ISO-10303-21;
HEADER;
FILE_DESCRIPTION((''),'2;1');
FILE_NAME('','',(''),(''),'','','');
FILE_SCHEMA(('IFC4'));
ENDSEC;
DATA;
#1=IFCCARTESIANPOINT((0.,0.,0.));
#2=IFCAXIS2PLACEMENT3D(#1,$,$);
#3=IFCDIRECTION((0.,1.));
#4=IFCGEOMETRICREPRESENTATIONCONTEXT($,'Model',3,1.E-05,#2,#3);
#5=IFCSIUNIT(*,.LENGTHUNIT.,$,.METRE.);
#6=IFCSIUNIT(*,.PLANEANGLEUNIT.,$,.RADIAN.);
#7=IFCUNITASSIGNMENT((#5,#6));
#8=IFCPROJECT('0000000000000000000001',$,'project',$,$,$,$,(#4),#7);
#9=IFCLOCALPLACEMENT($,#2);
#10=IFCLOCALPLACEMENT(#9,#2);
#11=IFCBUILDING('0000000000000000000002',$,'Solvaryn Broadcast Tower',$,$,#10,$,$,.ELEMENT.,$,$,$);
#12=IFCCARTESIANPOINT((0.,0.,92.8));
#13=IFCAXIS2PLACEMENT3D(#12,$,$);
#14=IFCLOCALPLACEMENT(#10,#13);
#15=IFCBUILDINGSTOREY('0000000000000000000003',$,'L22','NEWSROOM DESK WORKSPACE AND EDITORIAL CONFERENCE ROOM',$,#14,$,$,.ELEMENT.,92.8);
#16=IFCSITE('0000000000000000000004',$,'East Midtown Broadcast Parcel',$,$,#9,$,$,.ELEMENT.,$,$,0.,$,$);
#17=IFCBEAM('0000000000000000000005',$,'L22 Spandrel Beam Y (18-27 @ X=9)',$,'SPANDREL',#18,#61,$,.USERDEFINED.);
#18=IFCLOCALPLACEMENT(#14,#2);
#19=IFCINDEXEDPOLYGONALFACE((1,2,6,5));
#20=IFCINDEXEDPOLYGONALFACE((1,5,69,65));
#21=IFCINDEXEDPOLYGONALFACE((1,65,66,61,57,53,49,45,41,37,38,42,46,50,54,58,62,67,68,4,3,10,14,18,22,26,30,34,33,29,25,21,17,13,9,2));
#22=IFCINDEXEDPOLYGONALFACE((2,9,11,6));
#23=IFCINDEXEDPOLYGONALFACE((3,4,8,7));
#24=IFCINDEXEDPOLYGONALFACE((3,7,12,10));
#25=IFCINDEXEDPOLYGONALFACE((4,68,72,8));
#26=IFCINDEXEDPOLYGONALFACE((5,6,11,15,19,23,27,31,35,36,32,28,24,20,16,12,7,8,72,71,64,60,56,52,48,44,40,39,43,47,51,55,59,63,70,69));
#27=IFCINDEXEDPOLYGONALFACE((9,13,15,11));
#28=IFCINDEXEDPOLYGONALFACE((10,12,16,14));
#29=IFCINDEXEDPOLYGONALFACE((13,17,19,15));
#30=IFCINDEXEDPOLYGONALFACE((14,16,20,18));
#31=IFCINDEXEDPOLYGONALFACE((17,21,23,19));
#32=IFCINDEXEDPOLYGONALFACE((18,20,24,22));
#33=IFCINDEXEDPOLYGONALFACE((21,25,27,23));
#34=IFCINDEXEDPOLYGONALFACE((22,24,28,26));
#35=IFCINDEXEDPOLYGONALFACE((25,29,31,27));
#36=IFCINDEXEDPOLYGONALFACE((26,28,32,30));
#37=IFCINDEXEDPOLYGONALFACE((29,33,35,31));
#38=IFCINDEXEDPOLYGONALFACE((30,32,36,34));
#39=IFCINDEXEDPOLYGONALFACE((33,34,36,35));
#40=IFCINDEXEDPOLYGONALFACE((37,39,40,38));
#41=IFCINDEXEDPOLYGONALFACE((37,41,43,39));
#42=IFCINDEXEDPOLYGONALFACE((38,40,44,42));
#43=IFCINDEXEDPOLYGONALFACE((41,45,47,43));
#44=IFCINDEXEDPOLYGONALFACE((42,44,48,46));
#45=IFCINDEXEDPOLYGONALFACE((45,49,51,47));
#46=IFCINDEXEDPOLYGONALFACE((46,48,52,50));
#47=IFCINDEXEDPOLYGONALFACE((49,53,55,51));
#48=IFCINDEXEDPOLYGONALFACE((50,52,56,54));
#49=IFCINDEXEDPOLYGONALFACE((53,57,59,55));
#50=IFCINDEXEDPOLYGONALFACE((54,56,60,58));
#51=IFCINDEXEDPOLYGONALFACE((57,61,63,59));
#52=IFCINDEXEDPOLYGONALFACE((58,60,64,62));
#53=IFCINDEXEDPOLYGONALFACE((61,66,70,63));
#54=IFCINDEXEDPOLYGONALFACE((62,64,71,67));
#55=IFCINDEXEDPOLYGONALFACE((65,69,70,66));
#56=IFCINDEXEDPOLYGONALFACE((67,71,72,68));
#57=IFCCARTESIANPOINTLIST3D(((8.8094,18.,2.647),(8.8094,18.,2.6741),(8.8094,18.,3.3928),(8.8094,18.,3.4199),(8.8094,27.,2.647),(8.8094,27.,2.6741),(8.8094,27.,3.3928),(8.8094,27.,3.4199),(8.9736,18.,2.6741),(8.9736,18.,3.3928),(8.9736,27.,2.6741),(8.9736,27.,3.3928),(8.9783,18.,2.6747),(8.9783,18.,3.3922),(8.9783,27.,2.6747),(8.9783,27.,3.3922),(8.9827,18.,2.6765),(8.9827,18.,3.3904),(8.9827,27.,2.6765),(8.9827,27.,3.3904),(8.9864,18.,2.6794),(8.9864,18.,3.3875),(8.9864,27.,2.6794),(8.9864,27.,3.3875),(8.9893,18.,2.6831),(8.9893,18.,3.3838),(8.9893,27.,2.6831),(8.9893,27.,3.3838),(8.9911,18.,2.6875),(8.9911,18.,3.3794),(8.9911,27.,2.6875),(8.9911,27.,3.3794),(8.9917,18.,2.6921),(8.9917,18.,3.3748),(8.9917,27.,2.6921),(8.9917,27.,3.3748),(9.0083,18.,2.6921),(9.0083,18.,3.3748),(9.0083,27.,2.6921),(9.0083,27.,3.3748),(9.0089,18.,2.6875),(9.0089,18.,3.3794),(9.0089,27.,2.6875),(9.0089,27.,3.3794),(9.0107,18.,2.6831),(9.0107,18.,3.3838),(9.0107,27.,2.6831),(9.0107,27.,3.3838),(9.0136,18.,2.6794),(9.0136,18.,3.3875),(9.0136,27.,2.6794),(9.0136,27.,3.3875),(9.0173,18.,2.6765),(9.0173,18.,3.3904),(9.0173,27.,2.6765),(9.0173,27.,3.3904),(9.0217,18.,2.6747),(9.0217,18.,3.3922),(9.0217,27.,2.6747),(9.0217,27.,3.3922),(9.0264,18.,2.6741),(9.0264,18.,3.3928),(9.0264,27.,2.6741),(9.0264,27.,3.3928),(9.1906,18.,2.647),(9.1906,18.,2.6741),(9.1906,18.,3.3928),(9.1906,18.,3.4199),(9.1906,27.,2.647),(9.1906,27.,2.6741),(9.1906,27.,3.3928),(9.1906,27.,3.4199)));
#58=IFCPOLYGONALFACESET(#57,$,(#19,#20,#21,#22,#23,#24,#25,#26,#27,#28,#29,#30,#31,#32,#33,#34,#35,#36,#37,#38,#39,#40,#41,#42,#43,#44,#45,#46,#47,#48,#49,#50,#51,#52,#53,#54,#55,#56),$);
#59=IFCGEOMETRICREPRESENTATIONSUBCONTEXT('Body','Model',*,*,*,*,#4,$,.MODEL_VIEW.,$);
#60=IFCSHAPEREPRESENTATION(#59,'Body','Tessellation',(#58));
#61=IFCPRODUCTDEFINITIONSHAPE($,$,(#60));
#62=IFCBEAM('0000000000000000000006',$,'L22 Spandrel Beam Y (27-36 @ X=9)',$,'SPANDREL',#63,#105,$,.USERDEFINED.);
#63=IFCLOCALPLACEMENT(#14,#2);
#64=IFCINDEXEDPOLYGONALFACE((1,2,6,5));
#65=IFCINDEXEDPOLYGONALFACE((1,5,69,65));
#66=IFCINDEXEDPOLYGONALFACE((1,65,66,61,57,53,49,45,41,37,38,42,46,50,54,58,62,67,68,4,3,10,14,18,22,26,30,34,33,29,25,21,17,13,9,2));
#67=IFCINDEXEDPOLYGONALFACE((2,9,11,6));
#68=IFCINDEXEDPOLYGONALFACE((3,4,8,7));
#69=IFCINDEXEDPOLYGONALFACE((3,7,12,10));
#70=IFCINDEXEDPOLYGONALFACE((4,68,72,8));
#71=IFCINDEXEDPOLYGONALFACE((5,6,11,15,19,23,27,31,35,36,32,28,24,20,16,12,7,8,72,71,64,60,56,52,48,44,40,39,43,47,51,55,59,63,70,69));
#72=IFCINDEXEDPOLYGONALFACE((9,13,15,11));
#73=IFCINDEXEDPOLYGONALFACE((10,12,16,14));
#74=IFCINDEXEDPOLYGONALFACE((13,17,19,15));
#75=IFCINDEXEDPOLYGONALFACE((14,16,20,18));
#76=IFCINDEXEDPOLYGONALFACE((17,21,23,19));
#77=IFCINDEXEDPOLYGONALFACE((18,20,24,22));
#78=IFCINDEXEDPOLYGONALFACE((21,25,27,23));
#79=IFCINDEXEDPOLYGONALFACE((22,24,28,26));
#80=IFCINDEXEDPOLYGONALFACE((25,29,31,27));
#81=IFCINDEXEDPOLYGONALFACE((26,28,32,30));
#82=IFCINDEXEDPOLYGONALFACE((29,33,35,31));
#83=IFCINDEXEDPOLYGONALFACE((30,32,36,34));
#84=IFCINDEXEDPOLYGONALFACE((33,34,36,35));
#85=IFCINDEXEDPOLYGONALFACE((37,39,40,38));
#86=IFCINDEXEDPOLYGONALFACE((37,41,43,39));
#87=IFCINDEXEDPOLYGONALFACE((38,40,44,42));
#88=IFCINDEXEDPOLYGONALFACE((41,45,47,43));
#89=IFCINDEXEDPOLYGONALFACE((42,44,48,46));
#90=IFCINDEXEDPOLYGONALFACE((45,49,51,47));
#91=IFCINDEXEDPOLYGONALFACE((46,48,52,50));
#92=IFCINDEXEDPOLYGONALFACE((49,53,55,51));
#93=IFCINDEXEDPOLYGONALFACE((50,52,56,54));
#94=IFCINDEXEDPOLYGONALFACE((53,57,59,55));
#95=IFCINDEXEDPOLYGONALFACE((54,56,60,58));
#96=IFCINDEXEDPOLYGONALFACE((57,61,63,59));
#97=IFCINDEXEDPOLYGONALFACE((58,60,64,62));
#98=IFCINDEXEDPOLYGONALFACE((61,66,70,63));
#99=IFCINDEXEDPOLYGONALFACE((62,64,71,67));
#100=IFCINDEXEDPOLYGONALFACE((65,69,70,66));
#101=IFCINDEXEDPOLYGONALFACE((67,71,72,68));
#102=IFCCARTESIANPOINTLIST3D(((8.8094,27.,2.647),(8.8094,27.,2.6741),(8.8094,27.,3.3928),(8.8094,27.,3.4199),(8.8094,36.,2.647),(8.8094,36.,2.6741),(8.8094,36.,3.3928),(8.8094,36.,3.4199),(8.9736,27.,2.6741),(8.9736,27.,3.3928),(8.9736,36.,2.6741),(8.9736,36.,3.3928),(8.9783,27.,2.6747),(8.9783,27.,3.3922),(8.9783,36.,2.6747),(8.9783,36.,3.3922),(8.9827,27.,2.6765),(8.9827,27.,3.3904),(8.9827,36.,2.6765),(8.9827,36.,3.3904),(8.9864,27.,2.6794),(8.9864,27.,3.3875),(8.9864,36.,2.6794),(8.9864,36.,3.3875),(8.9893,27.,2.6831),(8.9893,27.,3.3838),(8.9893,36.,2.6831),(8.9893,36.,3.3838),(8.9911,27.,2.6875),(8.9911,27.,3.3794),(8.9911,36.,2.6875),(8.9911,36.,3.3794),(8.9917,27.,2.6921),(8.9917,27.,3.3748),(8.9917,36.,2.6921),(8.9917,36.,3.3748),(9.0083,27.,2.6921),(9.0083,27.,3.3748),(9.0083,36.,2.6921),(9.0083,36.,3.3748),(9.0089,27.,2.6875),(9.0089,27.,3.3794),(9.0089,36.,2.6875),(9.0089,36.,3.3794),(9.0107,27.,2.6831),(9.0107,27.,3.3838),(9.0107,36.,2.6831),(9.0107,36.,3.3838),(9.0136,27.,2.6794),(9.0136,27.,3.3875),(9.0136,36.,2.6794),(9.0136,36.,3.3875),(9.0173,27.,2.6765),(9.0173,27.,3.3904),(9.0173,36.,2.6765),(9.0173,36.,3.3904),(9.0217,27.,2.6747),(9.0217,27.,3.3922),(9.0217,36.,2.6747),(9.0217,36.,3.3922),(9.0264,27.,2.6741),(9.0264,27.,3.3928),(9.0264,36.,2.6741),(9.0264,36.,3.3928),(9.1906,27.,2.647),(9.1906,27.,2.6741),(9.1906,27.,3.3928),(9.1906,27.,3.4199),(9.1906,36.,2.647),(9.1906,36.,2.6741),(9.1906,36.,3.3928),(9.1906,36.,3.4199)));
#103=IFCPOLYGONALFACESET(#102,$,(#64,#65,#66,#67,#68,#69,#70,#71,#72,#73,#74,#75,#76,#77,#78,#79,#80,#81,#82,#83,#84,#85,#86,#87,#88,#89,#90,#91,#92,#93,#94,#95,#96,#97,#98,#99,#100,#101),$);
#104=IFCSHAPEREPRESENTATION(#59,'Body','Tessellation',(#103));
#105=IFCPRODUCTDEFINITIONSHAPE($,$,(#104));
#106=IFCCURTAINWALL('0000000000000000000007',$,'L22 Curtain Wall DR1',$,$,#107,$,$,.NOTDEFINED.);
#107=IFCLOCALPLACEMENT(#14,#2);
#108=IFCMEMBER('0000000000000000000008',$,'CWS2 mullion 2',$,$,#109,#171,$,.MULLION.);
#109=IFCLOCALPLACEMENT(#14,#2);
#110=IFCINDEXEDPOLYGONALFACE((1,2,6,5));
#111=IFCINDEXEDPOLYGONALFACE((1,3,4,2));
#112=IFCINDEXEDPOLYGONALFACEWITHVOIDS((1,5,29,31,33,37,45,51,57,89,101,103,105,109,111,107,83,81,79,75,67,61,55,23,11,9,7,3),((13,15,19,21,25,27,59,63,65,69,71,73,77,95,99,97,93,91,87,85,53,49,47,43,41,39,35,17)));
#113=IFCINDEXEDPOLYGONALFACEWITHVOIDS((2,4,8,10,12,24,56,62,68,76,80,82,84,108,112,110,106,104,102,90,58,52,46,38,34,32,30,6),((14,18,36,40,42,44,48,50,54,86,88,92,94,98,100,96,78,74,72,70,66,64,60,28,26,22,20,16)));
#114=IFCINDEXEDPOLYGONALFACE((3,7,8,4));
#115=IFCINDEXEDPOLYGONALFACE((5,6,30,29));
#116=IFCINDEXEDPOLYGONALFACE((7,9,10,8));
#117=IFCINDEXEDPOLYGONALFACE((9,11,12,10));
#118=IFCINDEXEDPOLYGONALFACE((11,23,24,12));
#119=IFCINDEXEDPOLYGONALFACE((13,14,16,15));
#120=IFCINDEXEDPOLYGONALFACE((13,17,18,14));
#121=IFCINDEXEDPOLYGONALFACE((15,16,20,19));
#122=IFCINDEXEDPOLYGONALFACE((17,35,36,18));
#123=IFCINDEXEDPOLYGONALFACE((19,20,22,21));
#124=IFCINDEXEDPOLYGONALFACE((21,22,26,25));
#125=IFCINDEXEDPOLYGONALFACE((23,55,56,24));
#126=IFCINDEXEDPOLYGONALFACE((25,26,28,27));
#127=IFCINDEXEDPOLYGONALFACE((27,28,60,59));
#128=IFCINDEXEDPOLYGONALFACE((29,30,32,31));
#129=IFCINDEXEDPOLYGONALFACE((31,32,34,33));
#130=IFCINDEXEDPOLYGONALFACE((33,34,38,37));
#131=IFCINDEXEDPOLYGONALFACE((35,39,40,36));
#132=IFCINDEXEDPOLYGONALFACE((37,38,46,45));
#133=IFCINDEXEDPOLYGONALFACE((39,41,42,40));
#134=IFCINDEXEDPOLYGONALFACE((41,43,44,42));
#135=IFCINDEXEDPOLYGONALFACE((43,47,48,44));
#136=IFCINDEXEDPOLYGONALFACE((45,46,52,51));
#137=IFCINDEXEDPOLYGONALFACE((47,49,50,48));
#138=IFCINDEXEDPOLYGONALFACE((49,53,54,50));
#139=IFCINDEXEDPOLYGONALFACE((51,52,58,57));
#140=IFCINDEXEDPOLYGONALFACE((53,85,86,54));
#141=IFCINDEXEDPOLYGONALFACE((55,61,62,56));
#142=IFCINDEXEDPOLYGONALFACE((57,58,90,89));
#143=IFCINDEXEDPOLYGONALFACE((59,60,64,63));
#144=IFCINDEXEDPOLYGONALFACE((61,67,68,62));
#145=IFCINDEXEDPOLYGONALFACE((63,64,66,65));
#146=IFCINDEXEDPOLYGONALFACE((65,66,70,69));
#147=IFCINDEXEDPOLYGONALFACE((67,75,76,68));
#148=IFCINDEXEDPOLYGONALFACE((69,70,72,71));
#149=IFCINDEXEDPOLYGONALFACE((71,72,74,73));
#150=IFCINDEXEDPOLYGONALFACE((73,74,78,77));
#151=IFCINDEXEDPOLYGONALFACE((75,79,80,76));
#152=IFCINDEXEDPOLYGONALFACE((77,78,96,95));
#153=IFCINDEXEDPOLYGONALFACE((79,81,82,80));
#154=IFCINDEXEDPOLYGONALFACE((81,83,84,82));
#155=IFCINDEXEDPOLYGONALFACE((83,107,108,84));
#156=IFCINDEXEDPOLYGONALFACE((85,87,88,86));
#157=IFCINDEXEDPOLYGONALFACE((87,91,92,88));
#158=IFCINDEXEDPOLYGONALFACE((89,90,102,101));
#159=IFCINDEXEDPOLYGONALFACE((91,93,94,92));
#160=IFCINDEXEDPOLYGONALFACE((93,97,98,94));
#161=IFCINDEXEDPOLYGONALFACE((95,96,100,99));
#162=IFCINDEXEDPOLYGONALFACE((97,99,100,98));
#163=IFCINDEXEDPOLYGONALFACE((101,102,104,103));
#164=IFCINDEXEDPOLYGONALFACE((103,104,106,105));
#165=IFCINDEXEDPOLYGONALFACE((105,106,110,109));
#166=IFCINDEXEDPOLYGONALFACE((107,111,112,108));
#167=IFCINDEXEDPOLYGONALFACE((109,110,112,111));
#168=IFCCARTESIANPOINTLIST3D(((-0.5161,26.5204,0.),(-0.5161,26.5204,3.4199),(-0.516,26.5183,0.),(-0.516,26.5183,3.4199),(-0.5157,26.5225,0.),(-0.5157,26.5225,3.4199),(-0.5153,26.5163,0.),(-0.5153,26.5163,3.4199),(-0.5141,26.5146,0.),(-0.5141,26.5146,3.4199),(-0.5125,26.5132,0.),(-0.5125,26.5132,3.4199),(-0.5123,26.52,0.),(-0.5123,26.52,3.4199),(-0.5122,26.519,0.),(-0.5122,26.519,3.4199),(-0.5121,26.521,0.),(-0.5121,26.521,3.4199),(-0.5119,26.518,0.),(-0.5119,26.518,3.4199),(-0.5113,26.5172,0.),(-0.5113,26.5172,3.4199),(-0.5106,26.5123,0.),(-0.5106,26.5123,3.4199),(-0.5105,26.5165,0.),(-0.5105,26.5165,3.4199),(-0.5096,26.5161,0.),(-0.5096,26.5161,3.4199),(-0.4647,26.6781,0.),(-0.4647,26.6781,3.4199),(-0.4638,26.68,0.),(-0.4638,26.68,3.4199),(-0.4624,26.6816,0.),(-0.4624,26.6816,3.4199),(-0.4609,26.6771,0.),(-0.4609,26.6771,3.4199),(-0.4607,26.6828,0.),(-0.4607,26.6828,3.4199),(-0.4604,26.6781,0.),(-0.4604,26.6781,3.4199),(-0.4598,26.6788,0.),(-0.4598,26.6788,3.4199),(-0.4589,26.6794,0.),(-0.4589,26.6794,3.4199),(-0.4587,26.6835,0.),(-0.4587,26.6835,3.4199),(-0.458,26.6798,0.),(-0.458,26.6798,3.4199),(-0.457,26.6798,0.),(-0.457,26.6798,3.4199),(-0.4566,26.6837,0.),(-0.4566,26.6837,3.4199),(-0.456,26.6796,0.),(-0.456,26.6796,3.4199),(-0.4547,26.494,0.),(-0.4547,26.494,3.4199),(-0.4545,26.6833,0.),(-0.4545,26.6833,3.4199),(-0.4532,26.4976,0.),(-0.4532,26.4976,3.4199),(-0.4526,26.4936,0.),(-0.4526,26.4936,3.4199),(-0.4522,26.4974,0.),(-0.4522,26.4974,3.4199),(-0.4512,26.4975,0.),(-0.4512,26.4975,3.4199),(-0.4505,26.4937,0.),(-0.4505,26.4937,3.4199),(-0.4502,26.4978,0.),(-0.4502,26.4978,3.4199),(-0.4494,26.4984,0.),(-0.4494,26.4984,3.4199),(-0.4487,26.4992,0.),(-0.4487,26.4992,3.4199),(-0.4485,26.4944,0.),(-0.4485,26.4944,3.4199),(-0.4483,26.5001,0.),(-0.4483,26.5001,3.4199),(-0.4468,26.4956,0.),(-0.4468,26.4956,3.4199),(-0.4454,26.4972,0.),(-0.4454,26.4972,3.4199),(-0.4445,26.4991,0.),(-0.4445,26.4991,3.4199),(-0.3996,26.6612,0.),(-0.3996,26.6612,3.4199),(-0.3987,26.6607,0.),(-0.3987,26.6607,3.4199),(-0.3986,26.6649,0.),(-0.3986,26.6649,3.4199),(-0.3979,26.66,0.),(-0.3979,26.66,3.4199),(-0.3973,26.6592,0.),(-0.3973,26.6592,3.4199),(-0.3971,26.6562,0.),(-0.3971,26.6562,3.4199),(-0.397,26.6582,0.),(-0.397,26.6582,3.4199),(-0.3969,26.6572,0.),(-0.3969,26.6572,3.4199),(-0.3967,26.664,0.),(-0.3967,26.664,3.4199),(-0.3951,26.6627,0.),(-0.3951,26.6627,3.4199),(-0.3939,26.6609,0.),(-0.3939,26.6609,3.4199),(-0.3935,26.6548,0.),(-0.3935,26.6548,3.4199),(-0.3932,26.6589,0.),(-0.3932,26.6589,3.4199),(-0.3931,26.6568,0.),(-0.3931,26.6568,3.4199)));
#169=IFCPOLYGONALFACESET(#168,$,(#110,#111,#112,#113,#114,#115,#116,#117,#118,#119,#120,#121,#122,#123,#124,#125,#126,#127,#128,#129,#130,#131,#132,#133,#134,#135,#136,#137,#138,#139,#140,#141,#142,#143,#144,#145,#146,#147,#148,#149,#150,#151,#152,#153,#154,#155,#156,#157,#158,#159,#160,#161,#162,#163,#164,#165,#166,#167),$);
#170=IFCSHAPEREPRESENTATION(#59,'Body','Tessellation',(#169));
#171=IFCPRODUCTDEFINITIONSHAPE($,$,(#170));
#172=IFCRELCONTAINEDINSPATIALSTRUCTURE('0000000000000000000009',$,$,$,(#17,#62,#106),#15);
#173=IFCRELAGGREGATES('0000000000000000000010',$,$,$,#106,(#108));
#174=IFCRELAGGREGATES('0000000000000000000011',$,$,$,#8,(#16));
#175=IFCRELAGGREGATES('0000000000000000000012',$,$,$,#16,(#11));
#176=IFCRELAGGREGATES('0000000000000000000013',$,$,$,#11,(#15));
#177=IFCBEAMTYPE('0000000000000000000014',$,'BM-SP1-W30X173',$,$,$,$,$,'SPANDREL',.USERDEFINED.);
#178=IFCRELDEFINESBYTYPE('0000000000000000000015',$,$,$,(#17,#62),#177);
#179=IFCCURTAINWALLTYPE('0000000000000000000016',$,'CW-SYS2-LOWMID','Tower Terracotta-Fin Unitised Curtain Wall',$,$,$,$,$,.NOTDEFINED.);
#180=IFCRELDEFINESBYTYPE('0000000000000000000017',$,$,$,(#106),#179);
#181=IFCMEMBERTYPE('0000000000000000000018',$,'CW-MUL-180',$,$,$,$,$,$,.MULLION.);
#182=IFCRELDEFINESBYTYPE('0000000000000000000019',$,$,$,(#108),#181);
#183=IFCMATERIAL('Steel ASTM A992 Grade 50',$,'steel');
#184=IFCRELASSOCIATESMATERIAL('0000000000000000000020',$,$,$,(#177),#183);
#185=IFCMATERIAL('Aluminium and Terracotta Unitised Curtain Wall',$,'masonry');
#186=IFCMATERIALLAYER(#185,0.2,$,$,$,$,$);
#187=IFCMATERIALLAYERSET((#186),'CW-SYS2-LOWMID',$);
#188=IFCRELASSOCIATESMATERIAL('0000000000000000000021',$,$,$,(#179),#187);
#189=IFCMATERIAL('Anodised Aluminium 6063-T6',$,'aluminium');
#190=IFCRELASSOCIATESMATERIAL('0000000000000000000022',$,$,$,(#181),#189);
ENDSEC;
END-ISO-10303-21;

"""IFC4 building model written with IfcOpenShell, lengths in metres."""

from ifc_helpers import new_model, si_unit, direction, frame, origin, origin_2d, place, context, subcontext, project, spatial, hollow_rectangle, i_section, extrude, material, layer, layer_set, material_profile, profile_set, type_object, element, aggregate, save


model = new_model("IFC4")

# Units and contexts
model_context = context("Model", 3, precision=1e-05, world=origin(), true_north=direction((0.0, 1.0)))
body_context = subcontext(model_context, "Body", "Model", "MODEL_VIEW")
ifc_project = project(units=[si_unit("LENGTHUNIT", "METRE"), si_unit("PLANEANGLEUNIT", "RADIAN")], contexts=[model_context])

# Site, building, storey
site_placement = place(None, origin())
site = spatial("IfcSite", under=ifc_project, at=site_placement, Name="East Midtown Broadcast Parcel", CompositionType="ELEMENT", RefElevation=0.0)
building_placement = place(site_placement, origin())
building = spatial("IfcBuilding", under=site, at=building_placement, Name="Solvaryn Broadcast Tower", CompositionType="ELEMENT")
storey_placement = place(building_placement, frame((0.0, 0.0, 92.8)))
storey = spatial("IfcBuildingStorey", under=building, at=storey_placement, Name="L22", Description="NEWSROOM DESK WORKSPACE AND EDITORIAL CONFERENCE ROOM", CompositionType="ELEMENT", Elevation=92.8)

# Beams
ifc_material_1 = material(Name="Steel ASTM A992 Grade 50", Category="steel")
ifc_material_profile_1 = material_profile(ifc_material_1, i_section(OverallWidth=0.3811, OverallDepth=0.7729, WebThickness=0.0166, FlangeThickness=0.0271, FilletRadius=0.0181, at=origin_2d()))
ifc_profile_set_1 = profile_set([ifc_material_profile_1], Name="Steel ASTM A992 Grade 50")
beam_type_1 = type_object("IfcBeamType", Name="BM-SP1-W30X173", ElementType="SPANDREL", PredefinedType="USERDEFINED", material=ifc_profile_set_1)
for number, where, z_axis, x_axis, name in (
    (1, (9.0, 18.0, 3.0334), (0.0, 1.0, 0.0), (-1.0, 0.0, 0.0), "L22 Spandrel Beam Y (18-27 @ X=9)"),
    (2, (9.0, 27.0, 3.0334), (0.0, 1.0, 0.0), (-1.0, 0.0, 0.0), "L22 Spandrel Beam Y (27-36 @ X=9)"),
):
    element("IfcBeam", number, at=place(storey_placement, frame(where, z_axis=z_axis, x_axis=x_axis)), inside=storey, type_object=beam_type_1, Name=name, ObjectType="SPANDREL", PredefinedType="USERDEFINED", context=body_context, shape_type="SweptSolid", body=[
        extrude(i_section(OverallWidth=0.3811, OverallDepth=0.7729, WebThickness=0.0166, FlangeThickness=0.0271, FilletRadius=0.0181, at=origin_2d()), origin(), (0.0, 0.0, 1.0), 9.0),
    ])

# Curtain wall, member
ifc_material_2 = material(Name="Aluminium and Terracotta Unitised Curtain Wall", Category="masonry")
ifc_layer_1 = layer(ifc_material_2, 0.2)
ifc_layer_set_1 = layer_set([ifc_layer_1], Name="CW-SYS2-LOWMID")
curtain_wall_type_1 = type_object("IfcCurtainWallType", Name="CW-SYS2-LOWMID", Description="Tower Terracotta-Fin Unitised Curtain Wall", PredefinedType="NOTDEFINED", material=ifc_layer_set_1)
curtain_wall_1_placement = place(storey_placement, origin())
curtain_wall_1 = element("IfcCurtainWall", 3, at=curtain_wall_1_placement, inside=storey, type_object=curtain_wall_type_1, Name="L22 Curtain Wall DR1", PredefinedType="NOTDEFINED")
ifc_material_3 = material(Name="Anodised Aluminium 6063-T6", Category="aluminium")
ifc_material_profile_2 = material_profile(ifc_material_3, hollow_rectangle(XDim=0.075, YDim=0.1799, WallThickness=0.0039, InnerFilletRadius=0.0039, OuterFilletRadius=0.0081, at=origin_2d()))
ifc_profile_set_2 = profile_set([ifc_material_profile_2], Name="Anodised Aluminium 6063-T6")
member_type_1 = type_object("IfcMemberType", Name="CW-MUL-180", PredefinedType="MULLION", material=ifc_profile_set_2)
member_1_placement = place(storey_placement, frame((-0.4546, 26.5886, 0.0), z_axis=(0.0, 0.0, 1.0), x_axis=(0.950215, -0.311594, 0.0)))
member_1 = element("IfcMember", 4, at=member_1_placement, type_object=member_type_1, Name="CWS2 mullion 2", PredefinedType="MULLION", context=body_context, shape_type="SweptSolid", body=[
    extrude(hollow_rectangle(XDim=0.075, YDim=0.1799, WallThickness=0.0039, InnerFilletRadius=0.0039, OuterFilletRadius=0.0081, at=origin_2d()), origin(), (0.0, 0.0, 1.0), 3.4199),
])
aggregate(curtain_wall_1, [member_1])

save(model, "model.ifc")
